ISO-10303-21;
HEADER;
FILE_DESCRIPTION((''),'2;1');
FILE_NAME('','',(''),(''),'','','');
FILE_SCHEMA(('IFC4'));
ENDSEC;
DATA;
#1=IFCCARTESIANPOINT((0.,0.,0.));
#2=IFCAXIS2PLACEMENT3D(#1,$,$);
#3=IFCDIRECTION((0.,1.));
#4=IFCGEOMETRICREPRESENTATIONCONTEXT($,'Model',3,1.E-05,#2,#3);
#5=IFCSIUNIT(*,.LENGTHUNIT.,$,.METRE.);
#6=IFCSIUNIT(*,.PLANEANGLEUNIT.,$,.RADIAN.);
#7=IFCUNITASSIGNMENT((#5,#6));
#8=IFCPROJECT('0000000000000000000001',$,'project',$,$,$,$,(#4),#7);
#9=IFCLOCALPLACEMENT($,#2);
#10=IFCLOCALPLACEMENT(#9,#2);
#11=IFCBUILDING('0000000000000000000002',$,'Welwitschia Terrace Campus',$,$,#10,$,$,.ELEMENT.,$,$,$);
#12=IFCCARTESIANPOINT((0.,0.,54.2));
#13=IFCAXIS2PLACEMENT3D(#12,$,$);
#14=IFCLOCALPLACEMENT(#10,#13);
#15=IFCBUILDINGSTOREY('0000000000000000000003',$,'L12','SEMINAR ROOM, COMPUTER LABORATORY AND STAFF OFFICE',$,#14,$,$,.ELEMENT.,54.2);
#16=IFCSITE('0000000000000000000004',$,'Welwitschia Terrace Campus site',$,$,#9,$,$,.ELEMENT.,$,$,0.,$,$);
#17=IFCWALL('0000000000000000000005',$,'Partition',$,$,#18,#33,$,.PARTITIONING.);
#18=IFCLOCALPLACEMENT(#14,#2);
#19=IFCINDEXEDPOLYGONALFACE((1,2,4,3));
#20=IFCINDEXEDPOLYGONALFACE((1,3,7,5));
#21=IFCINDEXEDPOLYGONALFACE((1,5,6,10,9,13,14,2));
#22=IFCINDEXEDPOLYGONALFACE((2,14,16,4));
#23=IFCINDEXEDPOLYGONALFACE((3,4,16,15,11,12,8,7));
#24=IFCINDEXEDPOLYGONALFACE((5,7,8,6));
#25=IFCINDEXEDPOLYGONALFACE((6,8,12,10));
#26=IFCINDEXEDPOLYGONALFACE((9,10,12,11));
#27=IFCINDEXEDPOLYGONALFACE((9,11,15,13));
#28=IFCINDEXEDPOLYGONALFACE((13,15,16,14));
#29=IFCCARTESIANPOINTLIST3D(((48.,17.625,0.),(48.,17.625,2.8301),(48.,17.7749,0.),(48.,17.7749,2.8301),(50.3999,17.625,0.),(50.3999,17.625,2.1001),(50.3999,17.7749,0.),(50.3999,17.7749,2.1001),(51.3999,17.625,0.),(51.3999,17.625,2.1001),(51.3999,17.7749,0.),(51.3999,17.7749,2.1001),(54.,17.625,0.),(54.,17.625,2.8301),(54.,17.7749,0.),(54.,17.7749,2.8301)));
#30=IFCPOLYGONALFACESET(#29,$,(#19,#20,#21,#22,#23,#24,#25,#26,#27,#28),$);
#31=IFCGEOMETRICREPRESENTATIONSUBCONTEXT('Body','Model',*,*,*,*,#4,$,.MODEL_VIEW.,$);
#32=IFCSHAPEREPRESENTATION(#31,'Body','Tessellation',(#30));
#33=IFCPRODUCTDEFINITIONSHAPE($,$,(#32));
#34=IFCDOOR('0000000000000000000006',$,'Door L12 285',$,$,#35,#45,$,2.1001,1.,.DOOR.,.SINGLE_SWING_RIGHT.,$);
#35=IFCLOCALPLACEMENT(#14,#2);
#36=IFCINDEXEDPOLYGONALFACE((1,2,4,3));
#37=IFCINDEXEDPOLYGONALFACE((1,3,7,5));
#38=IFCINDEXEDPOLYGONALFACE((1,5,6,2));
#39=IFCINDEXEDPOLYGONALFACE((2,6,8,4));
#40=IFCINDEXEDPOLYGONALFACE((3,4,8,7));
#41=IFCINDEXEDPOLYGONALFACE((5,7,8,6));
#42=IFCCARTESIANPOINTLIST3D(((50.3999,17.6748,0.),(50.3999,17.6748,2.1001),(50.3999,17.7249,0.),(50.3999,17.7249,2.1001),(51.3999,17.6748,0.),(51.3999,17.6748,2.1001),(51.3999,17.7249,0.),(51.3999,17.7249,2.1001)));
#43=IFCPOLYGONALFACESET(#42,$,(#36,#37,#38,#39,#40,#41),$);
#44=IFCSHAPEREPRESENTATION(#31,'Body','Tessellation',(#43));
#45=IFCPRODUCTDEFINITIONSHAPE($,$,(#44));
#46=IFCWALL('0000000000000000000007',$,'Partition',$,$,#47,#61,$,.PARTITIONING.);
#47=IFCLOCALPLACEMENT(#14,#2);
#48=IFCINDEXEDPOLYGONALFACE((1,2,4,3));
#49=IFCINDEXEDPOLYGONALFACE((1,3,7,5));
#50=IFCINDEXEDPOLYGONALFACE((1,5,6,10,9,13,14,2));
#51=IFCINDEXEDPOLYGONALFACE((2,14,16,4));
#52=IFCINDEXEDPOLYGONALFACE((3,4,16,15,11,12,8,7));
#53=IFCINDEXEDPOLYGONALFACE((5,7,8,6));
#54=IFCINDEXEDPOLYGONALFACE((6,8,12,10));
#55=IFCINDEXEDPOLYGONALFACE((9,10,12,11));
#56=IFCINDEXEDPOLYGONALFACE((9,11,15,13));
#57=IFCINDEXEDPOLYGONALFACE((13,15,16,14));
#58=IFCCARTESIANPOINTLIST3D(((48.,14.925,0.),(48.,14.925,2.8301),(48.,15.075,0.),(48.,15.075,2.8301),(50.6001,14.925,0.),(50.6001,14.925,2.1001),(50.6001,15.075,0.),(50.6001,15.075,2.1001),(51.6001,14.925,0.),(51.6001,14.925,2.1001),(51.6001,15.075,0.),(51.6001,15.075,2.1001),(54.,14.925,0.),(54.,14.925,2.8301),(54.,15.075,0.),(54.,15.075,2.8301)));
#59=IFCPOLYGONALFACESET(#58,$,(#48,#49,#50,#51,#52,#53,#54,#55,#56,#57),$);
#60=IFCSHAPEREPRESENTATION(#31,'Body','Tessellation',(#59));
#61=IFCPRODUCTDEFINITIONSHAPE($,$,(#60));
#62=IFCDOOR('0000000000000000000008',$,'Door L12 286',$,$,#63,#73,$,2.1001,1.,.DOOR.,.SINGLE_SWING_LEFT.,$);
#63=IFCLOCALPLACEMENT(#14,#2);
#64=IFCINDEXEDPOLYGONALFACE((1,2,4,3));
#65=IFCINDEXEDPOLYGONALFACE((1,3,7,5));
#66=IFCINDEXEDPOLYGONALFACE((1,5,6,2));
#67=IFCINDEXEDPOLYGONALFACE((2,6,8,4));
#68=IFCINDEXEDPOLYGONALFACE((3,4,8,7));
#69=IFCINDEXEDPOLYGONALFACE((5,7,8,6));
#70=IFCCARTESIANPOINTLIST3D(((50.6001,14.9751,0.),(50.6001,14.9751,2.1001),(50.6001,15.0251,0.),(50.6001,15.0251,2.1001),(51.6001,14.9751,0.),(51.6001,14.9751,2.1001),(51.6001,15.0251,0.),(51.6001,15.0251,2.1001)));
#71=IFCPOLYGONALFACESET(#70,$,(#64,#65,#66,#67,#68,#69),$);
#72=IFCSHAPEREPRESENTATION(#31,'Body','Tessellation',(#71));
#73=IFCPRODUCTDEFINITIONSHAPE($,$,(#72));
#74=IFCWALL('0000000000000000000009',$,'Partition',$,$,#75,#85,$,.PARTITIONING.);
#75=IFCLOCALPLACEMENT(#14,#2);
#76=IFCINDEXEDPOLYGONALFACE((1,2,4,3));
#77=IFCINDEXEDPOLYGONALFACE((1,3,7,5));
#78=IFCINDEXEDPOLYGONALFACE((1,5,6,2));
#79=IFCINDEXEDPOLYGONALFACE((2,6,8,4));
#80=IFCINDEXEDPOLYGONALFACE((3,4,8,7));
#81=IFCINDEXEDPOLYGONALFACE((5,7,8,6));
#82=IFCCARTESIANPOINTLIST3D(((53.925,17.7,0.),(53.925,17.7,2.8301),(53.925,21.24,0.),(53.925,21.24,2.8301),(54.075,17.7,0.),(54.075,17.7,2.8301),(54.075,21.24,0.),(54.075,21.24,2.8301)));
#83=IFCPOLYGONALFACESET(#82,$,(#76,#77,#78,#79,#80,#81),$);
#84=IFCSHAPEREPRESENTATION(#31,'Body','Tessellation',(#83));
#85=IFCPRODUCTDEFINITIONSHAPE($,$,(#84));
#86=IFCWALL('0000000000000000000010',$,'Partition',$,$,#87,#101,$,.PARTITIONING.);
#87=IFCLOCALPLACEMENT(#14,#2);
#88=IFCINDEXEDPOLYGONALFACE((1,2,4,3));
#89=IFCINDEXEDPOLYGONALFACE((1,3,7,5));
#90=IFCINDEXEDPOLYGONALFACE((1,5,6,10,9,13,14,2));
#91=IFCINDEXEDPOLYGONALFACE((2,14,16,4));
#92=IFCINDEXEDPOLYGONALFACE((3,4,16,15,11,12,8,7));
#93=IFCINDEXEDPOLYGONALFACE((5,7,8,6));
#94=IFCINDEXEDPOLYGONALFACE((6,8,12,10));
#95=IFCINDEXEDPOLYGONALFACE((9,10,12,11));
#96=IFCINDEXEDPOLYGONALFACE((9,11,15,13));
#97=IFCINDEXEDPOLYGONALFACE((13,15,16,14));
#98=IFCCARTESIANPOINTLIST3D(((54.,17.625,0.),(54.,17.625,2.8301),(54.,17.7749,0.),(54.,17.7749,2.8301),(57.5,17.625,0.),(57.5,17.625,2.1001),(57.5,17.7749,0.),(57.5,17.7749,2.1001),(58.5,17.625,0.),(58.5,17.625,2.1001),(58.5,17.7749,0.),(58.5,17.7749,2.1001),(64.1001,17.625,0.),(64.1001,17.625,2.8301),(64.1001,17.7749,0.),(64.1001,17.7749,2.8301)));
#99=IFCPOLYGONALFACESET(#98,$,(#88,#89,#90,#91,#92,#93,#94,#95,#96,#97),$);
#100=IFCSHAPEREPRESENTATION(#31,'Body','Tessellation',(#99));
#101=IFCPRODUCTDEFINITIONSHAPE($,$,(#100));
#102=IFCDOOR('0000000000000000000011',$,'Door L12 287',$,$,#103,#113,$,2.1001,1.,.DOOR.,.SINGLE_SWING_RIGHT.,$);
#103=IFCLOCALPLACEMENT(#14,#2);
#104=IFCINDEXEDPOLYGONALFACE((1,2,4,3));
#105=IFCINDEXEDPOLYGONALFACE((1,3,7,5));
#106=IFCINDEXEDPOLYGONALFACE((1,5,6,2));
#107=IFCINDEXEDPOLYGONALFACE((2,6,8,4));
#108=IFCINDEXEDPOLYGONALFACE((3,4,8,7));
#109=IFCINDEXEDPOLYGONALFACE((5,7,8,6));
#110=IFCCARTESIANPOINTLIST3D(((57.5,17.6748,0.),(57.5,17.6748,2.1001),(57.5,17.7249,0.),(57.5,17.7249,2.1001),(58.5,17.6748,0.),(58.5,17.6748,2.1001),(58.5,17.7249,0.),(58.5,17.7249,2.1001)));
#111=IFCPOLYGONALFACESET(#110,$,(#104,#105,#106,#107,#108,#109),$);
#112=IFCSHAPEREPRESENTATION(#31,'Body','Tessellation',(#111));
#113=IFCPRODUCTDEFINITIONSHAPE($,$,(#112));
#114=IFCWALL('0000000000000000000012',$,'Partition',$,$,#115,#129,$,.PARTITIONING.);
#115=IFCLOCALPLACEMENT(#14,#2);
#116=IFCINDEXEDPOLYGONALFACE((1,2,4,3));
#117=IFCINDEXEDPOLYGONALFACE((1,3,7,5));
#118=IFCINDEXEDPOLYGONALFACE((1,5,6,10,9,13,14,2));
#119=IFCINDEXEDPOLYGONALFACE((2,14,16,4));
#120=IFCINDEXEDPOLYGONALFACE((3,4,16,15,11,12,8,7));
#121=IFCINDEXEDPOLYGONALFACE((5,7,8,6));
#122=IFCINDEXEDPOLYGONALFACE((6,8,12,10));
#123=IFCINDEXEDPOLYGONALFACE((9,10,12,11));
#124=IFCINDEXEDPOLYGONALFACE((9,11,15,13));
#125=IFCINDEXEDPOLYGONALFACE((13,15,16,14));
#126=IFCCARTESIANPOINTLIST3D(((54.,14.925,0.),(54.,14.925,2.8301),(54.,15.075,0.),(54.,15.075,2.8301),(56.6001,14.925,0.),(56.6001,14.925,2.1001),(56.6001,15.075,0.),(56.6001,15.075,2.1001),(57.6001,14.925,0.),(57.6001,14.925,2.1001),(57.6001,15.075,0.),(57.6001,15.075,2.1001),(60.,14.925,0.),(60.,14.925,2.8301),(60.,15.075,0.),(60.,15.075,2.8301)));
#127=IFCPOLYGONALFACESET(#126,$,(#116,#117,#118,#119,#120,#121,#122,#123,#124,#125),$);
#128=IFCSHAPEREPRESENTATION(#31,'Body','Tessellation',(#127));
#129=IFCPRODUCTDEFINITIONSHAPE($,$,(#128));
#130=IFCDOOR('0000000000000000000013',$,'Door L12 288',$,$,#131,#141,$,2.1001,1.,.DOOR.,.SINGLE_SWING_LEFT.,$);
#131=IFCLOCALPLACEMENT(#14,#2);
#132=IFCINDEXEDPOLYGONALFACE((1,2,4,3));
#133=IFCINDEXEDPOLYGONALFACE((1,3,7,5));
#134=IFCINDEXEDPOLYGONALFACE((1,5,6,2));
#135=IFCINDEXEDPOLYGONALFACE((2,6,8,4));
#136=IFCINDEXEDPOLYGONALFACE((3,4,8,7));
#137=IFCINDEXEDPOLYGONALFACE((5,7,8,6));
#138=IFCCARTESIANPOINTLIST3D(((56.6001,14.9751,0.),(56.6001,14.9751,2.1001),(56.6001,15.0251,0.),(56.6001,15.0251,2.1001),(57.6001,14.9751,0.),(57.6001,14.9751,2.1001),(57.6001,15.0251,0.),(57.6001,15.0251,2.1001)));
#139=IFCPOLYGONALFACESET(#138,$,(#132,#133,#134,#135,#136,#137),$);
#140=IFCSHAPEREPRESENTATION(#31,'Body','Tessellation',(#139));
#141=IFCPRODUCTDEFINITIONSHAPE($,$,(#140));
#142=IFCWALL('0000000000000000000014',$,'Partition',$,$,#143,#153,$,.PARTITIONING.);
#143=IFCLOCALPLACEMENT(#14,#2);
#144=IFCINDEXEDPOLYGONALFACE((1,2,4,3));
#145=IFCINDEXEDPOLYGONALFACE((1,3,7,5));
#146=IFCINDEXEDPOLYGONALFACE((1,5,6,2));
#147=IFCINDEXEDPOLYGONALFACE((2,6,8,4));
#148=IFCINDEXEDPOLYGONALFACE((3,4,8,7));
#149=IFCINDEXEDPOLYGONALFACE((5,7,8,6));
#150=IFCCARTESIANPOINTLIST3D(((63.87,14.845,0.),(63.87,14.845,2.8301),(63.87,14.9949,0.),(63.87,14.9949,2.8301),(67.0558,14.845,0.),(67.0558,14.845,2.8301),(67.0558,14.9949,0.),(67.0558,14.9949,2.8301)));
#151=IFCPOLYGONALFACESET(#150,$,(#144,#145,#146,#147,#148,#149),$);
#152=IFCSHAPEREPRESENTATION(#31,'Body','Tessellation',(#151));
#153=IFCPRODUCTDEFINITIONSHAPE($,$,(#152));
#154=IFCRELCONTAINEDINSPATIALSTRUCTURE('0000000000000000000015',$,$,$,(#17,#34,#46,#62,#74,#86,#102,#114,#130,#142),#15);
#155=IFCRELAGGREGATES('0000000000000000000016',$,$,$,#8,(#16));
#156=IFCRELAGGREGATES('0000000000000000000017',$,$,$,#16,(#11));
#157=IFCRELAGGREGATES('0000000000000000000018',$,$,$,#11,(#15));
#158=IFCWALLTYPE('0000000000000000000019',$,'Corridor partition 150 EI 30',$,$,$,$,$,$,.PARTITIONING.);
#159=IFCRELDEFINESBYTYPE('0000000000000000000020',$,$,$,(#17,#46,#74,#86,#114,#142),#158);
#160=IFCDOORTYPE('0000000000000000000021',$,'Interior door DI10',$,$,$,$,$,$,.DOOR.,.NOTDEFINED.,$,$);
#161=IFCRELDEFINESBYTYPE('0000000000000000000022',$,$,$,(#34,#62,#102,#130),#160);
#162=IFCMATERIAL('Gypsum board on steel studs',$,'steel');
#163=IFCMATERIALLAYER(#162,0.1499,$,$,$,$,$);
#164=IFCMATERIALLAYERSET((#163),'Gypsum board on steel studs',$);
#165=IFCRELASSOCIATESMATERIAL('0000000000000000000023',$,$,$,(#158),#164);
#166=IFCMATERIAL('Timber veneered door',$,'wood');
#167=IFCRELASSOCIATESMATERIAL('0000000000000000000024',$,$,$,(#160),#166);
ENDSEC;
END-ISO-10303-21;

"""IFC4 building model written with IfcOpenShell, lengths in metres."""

from ifc_helpers import new_model, si_unit, direction, frame, frame_2d, origin, place, context, subcontext, project, spatial, rectangle, extrude, material, layer, layer_set, type_object, element, fill, save


model = new_model("IFC4")

# Units and contexts
model_context = context("Model", 3, precision=1e-05, world=origin(), true_north=direction((0.0, 1.0)))
body_context = subcontext(model_context, "Body", "Model", "MODEL_VIEW")
ifc_project = project(units=[si_unit("LENGTHUNIT", "METRE"), si_unit("PLANEANGLEUNIT", "RADIAN")], contexts=[model_context])

# Site, building, storey
site_placement = place(None, origin())
site = spatial("IfcSite", under=ifc_project, at=site_placement, Name="Welwitschia Terrace Campus site", CompositionType="ELEMENT", RefElevation=0.0)
building_placement = place(site_placement, origin())
building = spatial("IfcBuilding", under=site, at=building_placement, Name="Welwitschia Terrace Campus", CompositionType="ELEMENT")
storey_placement = place(building_placement, frame((0.0, 0.0, 54.2)))
storey = spatial("IfcBuildingStorey", under=building, at=storey_placement, Name="L12", Description="SEMINAR ROOM, COMPUTER LABORATORY AND STAFF OFFICE", CompositionType="ELEMENT", Elevation=54.2)

# Walls, openings, doors
ifc_material_1 = material(Name="Gypsum board on steel studs", Category="steel")
ifc_layer_1 = layer(ifc_material_1, 0.1499)
ifc_layer_set_1 = layer_set([ifc_layer_1], Name="Gypsum board on steel studs")
wall_type = type_object("IfcWallType", Name="Corridor partition 150 EI 30", PredefinedType="PARTITIONING", material=ifc_layer_set_1)
wall_1_placement = place(storey_placement, frame((48.0, 17.7, 0.0), z_axis=(0.0, 0.0, 1.0), x_axis=(1.0, 0.0, 0.0)))
wall_1 = element("IfcWall", 1, at=wall_1_placement, inside=storey, type_object=wall_type, Name="Partition", PredefinedType="PARTITIONING", context=body_context, shape_type="SweptSolid", body=[
    extrude(rectangle(XDim=6.0, YDim=0.1499, at=frame_2d((3.0, 0.0))), origin(), (0.0, 0.0, 1.0), 2.8301),
])
opening_1_placement = place(wall_1_placement, frame((2.3999, 0.0, 0.0)))
opening_1 = element("IfcOpeningElement", 2, at=opening_1_placement, cuts=wall_1, PredefinedType="OPENING", context=body_context, shape_type="SweptSolid", body=[
    extrude(rectangle(XDim=1.0, YDim=2.1001, at=frame_2d((0.5, 1.05))), frame((0.0, 0.085, 0.0), z_axis=(0.0, -1.0, 0.0), x_axis=(1.0, 0.0, 0.0)), (0.0, 0.0, 1.0), 0.1699),
])
ifc_material_2 = material(Name="Timber veneered door", Category="wood")
door_type = type_object("IfcDoorType", Name="Interior door DI10", OperationType="NOTDEFINED", PredefinedType="DOOR", material=ifc_material_2)
door_1_placement = place(opening_1_placement, origin())
door_1 = element("IfcDoor", 3, at=door_1_placement, inside=storey, type_object=door_type, Name="Door L12 285", OperationType="SINGLE_SWING_RIGHT", OverallHeight=2.1001, OverallWidth=1.0, PredefinedType="DOOR", context=body_context, shape_type="SweptSolid", body=[
    extrude(rectangle(XDim=1.0, YDim=2.1001, at=frame_2d((0.5, 1.05))), frame((0.0, 0.0249, 0.0), z_axis=(0.0, -1.0, 0.0), x_axis=(1.0, 0.0, 0.0)), (0.0, 0.0, 1.0), 0.05),
])
fill(opening_1, door_1)
wall_2_placement = place(storey_placement, frame((54.0, 15.0, 0.0), z_axis=(0.0, 0.0, 1.0), x_axis=(-1.0, 0.0, 0.0)))
wall_2 = element("IfcWall", 4, at=wall_2_placement, inside=storey, type_object=wall_type, Name="Partition", PredefinedType="PARTITIONING", context=body_context, shape_type="SweptSolid", body=[
    extrude(rectangle(XDim=6.0, YDim=0.1499, at=frame_2d((3.0, 0.0))), origin(), (0.0, 0.0, 1.0), 2.8301),
])
opening_2_placement = place(wall_2_placement, frame((2.3999, 0.0, 0.0)))
opening_2 = element("IfcOpeningElement", 5, at=opening_2_placement, cuts=wall_2, PredefinedType="OPENING", context=body_context, shape_type="SweptSolid", body=[
    extrude(rectangle(XDim=1.0, YDim=2.1001, at=frame_2d((0.5, 1.05))), frame((0.0, 0.085, 0.0), z_axis=(0.0, -1.0, 0.0), x_axis=(1.0, 0.0, 0.0)), (0.0, 0.0, 1.0), 0.1699),
])
door_2_placement = place(opening_2_placement, origin())
door_2 = element("IfcDoor", 6, at=door_2_placement, inside=storey, type_object=door_type, Name="Door L12 286", OperationType="SINGLE_SWING_LEFT", OverallHeight=2.1001, OverallWidth=1.0, PredefinedType="DOOR", context=body_context, shape_type="SweptSolid", body=[
    extrude(rectangle(XDim=1.0, YDim=2.1001, at=frame_2d((0.5, 1.05))), frame((0.0, 0.0249, 0.0), z_axis=(0.0, -1.0, 0.0), x_axis=(1.0, 0.0, 0.0)), (0.0, 0.0, 1.0), 0.05),
])
fill(opening_2, door_2)

# Wall
wall_3_placement = place(storey_placement, frame((54.0, 17.7, 0.0), z_axis=(0.0, 0.0, 1.0), x_axis=(0.0, 1.0, 0.0)))
element("IfcWall", 7, at=wall_3_placement, inside=storey, type_object=wall_type, Name="Partition", PredefinedType="PARTITIONING", context=body_context, shape_type="SweptSolid", body=[
    extrude(rectangle(XDim=3.54, YDim=0.1499, at=frame_2d((1.77, 0.0))), origin(), (0.0, 0.0, 1.0), 2.8301),
])

# Walls, openings, doors
wall_4_placement = place(storey_placement, frame((54.0, 17.7, 0.0), z_axis=(0.0, 0.0, 1.0), x_axis=(1.0, 0.0, 0.0)))
wall_4 = element("IfcWall", 8, at=wall_4_placement, inside=storey, type_object=wall_type, Name="Partition", PredefinedType="PARTITIONING", context=body_context, shape_type="SweptSolid", body=[
    extrude(rectangle(XDim=10.1001, YDim=0.1499, at=frame_2d((5.05, 0.0))), origin(), (0.0, 0.0, 1.0), 2.8301),
])
opening_3_placement = place(wall_4_placement, frame((3.5, 0.0, 0.0)))
opening_3 = element("IfcOpeningElement", 9, at=opening_3_placement, cuts=wall_4, PredefinedType="OPENING", context=body_context, shape_type="SweptSolid", body=[
    extrude(rectangle(XDim=1.0, YDim=2.1001, at=frame_2d((0.5, 1.05))), frame((0.0, 0.085, 0.0), z_axis=(0.0, -1.0, 0.0), x_axis=(1.0, 0.0, 0.0)), (0.0, 0.0, 1.0), 0.1699),
])
door_3_placement = place(opening_3_placement, origin())
door_3 = element("IfcDoor", 10, at=door_3_placement, inside=storey, type_object=door_type, Name="Door L12 287", OperationType="SINGLE_SWING_RIGHT", OverallHeight=2.1001, OverallWidth=1.0, PredefinedType="DOOR", context=body_context, shape_type="SweptSolid", body=[
    extrude(rectangle(XDim=1.0, YDim=2.1001, at=frame_2d((0.5, 1.05))), frame((0.0, 0.0249, 0.0), z_axis=(0.0, -1.0, 0.0), x_axis=(1.0, 0.0, 0.0)), (0.0, 0.0, 1.0), 0.05),
])
fill(opening_3, door_3)
wall_5_placement = place(storey_placement, frame((60.0, 15.0, 0.0), z_axis=(0.0, 0.0, 1.0), x_axis=(-1.0, 0.0, 0.0)))
wall_5 = element("IfcWall", 11, at=wall_5_placement, inside=storey, type_object=wall_type, Name="Partition", PredefinedType="PARTITIONING", context=body_context, shape_type="SweptSolid", body=[
    extrude(rectangle(XDim=6.0, YDim=0.1499, at=frame_2d((3.0, 0.0))), origin(), (0.0, 0.0, 1.0), 2.8301),
])
opening_4_placement = place(wall_5_placement, frame((2.3999, 0.0, 0.0)))
opening_4 = element("IfcOpeningElement", 12, at=opening_4_placement, cuts=wall_5, PredefinedType="OPENING", context=body_context, shape_type="SweptSolid", body=[
    extrude(rectangle(XDim=1.0, YDim=2.1001, at=frame_2d((0.5, 1.05))), frame((0.0, 0.085, 0.0), z_axis=(0.0, -1.0, 0.0), x_axis=(1.0, 0.0, 0.0)), (0.0, 0.0, 1.0), 0.1699),
])
door_4_placement = place(opening_4_placement, origin())
door_4 = element("IfcDoor", 13, at=door_4_placement, inside=storey, type_object=door_type, Name="Door L12 288", OperationType="SINGLE_SWING_LEFT", OverallHeight=2.1001, OverallWidth=1.0, PredefinedType="DOOR", context=body_context, shape_type="SweptSolid", body=[
    extrude(rectangle(XDim=1.0, YDim=2.1001, at=frame_2d((0.5, 1.05))), frame((0.0, 0.0249, 0.0), z_axis=(0.0, -1.0, 0.0), x_axis=(1.0, 0.0, 0.0)), (0.0, 0.0, 1.0), 0.05),
])
fill(opening_4, door_4)

# Wall
wall_6_placement = place(storey_placement, frame((63.8701, 14.9199, 0.0), z_axis=(0.0, 0.0, 1.0), x_axis=(1.0, 0.0, 0.0)))
element("IfcWall", 14, at=wall_6_placement, inside=storey, type_object=wall_type, Name="Partition", PredefinedType="PARTITIONING", context=body_context, shape_type="SweptSolid", body=[
    extrude(rectangle(XDim=3.1858, YDim=0.1499, at=frame_2d((1.5928, 0.0))), origin(), (0.0, 0.0, 1.0), 2.8301),
])

save(model, "model.ifc")
